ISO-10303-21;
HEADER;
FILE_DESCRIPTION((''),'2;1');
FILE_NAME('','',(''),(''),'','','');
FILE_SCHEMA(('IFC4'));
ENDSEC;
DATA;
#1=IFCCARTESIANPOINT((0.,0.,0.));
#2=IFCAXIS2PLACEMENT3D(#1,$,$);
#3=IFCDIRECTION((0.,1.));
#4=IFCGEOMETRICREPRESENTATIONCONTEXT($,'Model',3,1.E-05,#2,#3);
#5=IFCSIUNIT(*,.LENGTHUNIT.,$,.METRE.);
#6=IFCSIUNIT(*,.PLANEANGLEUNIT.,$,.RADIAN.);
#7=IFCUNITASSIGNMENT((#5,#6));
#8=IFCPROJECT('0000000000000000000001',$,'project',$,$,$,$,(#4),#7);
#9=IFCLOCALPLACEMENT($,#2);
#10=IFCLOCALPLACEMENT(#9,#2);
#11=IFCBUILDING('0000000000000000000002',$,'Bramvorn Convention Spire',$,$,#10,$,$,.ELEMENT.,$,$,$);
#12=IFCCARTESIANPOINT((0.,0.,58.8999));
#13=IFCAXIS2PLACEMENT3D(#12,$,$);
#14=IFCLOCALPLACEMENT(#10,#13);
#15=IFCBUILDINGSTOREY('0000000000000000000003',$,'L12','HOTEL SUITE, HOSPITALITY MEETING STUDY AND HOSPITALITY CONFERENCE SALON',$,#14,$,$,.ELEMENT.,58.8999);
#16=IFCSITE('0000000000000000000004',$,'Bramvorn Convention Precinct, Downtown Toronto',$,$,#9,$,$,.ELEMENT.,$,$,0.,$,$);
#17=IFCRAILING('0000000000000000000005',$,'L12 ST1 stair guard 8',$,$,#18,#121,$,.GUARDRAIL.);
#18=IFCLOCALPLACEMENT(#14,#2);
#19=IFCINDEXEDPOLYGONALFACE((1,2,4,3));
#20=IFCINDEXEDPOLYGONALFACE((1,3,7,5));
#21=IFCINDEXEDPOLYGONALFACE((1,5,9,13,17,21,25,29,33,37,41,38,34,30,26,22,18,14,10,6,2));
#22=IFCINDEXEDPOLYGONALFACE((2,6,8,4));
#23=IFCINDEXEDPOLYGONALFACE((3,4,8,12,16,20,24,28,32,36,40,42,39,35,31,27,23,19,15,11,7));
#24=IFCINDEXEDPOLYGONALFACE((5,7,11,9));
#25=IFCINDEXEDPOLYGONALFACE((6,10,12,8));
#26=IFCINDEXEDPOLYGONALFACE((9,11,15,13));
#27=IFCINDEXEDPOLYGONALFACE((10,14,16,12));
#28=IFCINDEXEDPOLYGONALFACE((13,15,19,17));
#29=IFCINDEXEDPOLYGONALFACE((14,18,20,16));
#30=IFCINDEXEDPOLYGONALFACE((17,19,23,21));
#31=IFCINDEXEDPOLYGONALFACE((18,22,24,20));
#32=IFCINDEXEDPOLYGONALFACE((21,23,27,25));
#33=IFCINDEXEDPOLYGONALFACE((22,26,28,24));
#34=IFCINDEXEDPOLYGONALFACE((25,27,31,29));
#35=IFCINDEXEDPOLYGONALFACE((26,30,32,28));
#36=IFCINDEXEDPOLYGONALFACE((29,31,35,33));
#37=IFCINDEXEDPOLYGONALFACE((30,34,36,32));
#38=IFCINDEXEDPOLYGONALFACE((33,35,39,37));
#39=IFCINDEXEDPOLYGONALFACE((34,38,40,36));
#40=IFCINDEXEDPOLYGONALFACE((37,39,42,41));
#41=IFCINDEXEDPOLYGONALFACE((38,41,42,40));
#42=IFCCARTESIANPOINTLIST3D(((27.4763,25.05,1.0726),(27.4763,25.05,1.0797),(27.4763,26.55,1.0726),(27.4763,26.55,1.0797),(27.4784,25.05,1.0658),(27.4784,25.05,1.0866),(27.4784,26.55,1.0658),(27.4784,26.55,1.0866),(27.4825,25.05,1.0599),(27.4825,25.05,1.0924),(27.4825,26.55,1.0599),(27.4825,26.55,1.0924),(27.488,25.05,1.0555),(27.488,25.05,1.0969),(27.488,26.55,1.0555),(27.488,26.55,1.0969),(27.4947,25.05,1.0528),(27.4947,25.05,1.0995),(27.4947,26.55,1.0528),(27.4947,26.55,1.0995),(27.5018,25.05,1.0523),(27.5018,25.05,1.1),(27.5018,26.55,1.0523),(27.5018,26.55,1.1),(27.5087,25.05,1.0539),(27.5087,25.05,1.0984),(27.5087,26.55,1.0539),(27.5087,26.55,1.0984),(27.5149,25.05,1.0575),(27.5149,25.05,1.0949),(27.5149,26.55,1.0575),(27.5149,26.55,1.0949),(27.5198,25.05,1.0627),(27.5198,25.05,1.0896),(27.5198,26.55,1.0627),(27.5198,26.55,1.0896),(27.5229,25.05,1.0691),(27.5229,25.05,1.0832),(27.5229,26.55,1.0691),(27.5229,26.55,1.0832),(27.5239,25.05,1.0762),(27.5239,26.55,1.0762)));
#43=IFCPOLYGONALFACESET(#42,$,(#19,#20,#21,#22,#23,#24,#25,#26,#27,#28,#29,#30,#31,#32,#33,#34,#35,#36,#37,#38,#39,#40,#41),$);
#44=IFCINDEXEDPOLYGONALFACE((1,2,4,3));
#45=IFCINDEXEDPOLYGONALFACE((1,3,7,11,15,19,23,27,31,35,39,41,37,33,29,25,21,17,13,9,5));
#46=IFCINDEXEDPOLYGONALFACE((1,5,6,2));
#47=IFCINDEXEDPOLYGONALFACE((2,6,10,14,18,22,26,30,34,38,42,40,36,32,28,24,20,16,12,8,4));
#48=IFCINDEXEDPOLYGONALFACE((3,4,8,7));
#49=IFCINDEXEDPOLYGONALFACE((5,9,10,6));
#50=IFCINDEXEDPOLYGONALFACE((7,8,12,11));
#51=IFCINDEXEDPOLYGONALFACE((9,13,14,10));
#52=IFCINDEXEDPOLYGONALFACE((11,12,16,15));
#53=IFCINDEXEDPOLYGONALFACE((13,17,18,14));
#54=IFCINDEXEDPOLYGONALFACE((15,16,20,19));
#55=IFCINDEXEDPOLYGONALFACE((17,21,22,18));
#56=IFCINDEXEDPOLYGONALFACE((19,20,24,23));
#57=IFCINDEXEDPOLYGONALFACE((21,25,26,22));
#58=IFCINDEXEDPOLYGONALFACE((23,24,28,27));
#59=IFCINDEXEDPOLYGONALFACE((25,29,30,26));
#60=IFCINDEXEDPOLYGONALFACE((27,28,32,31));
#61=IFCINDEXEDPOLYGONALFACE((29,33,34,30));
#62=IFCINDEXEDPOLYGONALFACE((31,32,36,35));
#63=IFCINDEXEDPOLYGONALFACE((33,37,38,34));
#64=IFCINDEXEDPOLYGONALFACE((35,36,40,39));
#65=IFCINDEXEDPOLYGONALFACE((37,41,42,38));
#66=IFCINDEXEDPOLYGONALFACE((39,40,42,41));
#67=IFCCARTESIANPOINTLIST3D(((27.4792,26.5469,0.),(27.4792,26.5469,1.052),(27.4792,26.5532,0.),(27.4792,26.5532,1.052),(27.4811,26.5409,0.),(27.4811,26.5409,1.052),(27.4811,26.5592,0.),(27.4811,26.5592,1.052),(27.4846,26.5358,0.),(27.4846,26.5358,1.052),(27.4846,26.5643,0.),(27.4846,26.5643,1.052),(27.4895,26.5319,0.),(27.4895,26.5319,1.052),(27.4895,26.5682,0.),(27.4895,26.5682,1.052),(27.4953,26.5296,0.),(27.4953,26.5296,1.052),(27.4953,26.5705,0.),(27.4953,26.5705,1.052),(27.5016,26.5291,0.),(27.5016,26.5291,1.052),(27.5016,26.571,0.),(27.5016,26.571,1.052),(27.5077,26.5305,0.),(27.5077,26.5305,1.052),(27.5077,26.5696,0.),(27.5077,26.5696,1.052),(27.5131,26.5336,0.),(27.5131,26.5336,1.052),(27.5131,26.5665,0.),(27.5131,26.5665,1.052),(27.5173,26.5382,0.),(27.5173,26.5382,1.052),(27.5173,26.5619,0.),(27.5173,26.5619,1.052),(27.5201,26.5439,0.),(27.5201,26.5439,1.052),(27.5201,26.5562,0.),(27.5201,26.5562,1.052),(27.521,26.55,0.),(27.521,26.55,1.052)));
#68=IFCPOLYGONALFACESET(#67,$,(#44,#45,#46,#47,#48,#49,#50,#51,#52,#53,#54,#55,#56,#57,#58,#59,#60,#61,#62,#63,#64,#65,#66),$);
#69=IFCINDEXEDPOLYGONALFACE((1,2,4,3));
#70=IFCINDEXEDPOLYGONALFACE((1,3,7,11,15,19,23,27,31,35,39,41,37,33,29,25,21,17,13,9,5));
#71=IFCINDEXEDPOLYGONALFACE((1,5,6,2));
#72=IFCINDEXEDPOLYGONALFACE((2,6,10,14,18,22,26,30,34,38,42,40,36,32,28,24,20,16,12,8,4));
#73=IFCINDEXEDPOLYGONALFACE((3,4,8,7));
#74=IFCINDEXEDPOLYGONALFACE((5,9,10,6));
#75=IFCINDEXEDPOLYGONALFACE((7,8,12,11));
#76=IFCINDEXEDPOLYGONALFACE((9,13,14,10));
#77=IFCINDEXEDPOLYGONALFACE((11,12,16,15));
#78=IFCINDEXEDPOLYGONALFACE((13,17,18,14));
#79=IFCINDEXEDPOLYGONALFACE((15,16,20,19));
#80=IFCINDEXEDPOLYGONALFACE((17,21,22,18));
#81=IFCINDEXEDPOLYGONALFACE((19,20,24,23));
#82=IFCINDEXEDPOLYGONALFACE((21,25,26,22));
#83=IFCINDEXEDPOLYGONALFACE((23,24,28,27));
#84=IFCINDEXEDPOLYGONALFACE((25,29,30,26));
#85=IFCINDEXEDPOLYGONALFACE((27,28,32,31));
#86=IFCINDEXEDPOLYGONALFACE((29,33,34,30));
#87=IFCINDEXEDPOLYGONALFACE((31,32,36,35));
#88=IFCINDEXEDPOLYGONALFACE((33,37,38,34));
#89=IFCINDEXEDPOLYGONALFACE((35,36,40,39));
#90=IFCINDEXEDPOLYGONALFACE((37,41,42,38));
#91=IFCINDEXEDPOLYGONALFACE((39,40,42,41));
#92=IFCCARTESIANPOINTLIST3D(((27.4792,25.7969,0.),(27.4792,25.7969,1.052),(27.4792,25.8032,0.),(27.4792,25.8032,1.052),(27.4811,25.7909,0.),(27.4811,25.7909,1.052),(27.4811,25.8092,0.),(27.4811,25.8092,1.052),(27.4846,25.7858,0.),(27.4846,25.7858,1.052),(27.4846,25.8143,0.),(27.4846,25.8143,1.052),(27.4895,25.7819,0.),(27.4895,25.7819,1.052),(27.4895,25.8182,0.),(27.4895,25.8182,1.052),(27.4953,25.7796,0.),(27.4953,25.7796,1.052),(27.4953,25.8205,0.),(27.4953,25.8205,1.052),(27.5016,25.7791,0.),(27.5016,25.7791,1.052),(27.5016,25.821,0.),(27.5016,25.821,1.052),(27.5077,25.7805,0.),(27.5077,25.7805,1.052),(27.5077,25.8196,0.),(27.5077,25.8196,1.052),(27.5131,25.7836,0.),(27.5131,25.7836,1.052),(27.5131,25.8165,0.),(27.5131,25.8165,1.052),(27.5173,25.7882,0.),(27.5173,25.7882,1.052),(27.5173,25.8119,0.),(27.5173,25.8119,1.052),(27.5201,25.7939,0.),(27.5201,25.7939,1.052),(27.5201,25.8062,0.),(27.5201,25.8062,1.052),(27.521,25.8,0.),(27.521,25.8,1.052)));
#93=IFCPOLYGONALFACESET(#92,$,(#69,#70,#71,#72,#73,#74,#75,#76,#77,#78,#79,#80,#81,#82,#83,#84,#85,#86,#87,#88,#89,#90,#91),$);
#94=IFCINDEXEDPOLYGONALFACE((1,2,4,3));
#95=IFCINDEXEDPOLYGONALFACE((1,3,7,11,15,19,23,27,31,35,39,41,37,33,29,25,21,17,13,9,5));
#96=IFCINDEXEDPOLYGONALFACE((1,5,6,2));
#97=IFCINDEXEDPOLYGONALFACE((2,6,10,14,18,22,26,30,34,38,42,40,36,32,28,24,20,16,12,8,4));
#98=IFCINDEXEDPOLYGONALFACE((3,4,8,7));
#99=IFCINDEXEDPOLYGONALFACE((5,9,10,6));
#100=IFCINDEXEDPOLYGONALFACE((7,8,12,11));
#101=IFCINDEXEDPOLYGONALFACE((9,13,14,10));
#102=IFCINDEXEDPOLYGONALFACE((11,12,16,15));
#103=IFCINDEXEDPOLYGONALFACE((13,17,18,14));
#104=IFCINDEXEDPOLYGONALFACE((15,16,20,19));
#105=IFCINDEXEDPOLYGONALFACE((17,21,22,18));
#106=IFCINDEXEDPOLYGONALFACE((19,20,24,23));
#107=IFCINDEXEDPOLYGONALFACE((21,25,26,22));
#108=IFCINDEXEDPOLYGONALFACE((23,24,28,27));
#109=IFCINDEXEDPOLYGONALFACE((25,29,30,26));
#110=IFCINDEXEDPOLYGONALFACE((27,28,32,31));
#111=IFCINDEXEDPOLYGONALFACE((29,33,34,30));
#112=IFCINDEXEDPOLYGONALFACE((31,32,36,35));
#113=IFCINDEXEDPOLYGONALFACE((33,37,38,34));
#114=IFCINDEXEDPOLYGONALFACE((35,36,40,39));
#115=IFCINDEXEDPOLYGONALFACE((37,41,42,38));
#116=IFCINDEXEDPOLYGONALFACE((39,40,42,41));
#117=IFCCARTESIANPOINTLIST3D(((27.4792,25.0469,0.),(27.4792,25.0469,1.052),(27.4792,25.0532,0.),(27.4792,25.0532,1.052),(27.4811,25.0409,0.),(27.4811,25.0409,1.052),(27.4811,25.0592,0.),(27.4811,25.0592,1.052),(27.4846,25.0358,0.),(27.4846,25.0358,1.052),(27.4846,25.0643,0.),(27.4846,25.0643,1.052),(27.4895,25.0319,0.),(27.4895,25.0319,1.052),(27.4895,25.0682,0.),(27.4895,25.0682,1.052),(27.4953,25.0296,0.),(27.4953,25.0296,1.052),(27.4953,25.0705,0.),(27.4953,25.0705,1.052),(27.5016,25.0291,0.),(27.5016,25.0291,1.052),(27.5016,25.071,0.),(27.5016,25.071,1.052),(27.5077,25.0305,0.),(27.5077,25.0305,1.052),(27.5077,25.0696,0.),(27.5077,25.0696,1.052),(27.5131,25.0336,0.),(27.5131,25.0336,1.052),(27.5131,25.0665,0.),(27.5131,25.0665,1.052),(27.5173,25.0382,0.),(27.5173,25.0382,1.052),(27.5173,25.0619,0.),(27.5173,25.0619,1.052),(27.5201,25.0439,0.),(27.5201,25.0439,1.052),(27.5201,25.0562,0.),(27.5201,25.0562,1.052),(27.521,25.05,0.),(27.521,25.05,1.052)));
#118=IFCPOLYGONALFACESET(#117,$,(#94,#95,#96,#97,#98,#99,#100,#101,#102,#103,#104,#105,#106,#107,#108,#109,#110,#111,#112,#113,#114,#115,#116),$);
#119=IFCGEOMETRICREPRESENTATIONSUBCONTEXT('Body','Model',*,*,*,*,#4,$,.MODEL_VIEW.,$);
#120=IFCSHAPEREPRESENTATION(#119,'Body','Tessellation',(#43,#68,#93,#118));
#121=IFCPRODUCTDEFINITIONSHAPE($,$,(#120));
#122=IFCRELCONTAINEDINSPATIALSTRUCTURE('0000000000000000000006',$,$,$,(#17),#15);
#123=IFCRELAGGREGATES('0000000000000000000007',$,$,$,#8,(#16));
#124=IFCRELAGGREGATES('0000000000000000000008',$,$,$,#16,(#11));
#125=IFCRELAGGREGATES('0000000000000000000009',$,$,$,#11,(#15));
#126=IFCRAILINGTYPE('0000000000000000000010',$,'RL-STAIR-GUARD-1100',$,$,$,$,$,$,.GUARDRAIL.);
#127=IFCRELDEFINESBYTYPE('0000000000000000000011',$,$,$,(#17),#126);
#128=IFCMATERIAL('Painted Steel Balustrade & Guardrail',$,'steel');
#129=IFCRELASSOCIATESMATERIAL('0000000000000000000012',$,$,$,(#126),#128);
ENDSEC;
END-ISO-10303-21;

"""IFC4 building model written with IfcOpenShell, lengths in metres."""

from ifc_helpers import new_model, si_unit, direction, frame, origin, origin_2d, place, context, subcontext, project, spatial, circle, extrude, material, type_object, element, save


model = new_model("IFC4")

# Units and contexts
model_context = context("Model", 3, precision=1e-05, world=origin(), true_north=direction((0.0, 1.0)))
body_context = subcontext(model_context, "Body", "Model", "MODEL_VIEW")
ifc_project = project(units=[si_unit("LENGTHUNIT", "METRE"), si_unit("PLANEANGLEUNIT", "RADIAN")], contexts=[model_context])

# Site, building, storey
site_placement = place(None, origin())
site = spatial("IfcSite", under=ifc_project, at=site_placement, Name="Bramvorn Convention Precinct, Downtown Toronto", CompositionType="ELEMENT", RefElevation=0.0)
building_placement = place(site_placement, origin())
building = spatial("IfcBuilding", under=site, at=building_placement, Name="Bramvorn Convention Spire", CompositionType="ELEMENT")
storey_placement = place(building_placement, frame((0.0, 0.0, 58.8999)))
storey = spatial("IfcBuildingStorey", under=building, at=storey_placement, Name="L12", Description="HOTEL SUITE, HOSPITALITY MEETING STUDY AND HOSPITALITY CONFERENCE SALON", CompositionType="ELEMENT", Elevation=58.8999)

# Railing
ifc_material_1 = material(Name="Painted Steel Balustrade & Guardrail", Category="steel")
railing_type_1 = type_object("IfcRailingType", Name="RL-STAIR-GUARD-1100", PredefinedType="GUARDRAIL", material=ifc_material_1)
railing_1_placement = place(storey_placement, frame((27.5, 26.55, 0.0)))
element("IfcRailing", 1, at=railing_1_placement, inside=storey, type_object=railing_type_1, Name="L12 ST1 stair guard 8", PredefinedType="GUARDRAIL", context=body_context, shape_type="SweptSolid", body=[
    extrude(circle(Radius=0.0239, at=origin_2d()), frame((0.0, 0.0, 1.0762), z_axis=(0.0, -1.0, 0.0), x_axis=(1.0, 0.0, 0.0)), (0.0, 0.0, 1.0), 1.5),
    extrude(circle(Radius=0.021, at=origin_2d()), origin(), (0.0, 0.0, 1.0), 1.052),
    extrude(circle(Radius=0.021, at=origin_2d()), frame((0.0, -0.75, 0.0)), (0.0, 0.0, 1.0), 1.052),
    extrude(circle(Radius=0.021, at=origin_2d()), frame((0.0, -1.5, 0.0)), (0.0, 0.0, 1.0), 1.052),
])

save(model, "model.ifc")
